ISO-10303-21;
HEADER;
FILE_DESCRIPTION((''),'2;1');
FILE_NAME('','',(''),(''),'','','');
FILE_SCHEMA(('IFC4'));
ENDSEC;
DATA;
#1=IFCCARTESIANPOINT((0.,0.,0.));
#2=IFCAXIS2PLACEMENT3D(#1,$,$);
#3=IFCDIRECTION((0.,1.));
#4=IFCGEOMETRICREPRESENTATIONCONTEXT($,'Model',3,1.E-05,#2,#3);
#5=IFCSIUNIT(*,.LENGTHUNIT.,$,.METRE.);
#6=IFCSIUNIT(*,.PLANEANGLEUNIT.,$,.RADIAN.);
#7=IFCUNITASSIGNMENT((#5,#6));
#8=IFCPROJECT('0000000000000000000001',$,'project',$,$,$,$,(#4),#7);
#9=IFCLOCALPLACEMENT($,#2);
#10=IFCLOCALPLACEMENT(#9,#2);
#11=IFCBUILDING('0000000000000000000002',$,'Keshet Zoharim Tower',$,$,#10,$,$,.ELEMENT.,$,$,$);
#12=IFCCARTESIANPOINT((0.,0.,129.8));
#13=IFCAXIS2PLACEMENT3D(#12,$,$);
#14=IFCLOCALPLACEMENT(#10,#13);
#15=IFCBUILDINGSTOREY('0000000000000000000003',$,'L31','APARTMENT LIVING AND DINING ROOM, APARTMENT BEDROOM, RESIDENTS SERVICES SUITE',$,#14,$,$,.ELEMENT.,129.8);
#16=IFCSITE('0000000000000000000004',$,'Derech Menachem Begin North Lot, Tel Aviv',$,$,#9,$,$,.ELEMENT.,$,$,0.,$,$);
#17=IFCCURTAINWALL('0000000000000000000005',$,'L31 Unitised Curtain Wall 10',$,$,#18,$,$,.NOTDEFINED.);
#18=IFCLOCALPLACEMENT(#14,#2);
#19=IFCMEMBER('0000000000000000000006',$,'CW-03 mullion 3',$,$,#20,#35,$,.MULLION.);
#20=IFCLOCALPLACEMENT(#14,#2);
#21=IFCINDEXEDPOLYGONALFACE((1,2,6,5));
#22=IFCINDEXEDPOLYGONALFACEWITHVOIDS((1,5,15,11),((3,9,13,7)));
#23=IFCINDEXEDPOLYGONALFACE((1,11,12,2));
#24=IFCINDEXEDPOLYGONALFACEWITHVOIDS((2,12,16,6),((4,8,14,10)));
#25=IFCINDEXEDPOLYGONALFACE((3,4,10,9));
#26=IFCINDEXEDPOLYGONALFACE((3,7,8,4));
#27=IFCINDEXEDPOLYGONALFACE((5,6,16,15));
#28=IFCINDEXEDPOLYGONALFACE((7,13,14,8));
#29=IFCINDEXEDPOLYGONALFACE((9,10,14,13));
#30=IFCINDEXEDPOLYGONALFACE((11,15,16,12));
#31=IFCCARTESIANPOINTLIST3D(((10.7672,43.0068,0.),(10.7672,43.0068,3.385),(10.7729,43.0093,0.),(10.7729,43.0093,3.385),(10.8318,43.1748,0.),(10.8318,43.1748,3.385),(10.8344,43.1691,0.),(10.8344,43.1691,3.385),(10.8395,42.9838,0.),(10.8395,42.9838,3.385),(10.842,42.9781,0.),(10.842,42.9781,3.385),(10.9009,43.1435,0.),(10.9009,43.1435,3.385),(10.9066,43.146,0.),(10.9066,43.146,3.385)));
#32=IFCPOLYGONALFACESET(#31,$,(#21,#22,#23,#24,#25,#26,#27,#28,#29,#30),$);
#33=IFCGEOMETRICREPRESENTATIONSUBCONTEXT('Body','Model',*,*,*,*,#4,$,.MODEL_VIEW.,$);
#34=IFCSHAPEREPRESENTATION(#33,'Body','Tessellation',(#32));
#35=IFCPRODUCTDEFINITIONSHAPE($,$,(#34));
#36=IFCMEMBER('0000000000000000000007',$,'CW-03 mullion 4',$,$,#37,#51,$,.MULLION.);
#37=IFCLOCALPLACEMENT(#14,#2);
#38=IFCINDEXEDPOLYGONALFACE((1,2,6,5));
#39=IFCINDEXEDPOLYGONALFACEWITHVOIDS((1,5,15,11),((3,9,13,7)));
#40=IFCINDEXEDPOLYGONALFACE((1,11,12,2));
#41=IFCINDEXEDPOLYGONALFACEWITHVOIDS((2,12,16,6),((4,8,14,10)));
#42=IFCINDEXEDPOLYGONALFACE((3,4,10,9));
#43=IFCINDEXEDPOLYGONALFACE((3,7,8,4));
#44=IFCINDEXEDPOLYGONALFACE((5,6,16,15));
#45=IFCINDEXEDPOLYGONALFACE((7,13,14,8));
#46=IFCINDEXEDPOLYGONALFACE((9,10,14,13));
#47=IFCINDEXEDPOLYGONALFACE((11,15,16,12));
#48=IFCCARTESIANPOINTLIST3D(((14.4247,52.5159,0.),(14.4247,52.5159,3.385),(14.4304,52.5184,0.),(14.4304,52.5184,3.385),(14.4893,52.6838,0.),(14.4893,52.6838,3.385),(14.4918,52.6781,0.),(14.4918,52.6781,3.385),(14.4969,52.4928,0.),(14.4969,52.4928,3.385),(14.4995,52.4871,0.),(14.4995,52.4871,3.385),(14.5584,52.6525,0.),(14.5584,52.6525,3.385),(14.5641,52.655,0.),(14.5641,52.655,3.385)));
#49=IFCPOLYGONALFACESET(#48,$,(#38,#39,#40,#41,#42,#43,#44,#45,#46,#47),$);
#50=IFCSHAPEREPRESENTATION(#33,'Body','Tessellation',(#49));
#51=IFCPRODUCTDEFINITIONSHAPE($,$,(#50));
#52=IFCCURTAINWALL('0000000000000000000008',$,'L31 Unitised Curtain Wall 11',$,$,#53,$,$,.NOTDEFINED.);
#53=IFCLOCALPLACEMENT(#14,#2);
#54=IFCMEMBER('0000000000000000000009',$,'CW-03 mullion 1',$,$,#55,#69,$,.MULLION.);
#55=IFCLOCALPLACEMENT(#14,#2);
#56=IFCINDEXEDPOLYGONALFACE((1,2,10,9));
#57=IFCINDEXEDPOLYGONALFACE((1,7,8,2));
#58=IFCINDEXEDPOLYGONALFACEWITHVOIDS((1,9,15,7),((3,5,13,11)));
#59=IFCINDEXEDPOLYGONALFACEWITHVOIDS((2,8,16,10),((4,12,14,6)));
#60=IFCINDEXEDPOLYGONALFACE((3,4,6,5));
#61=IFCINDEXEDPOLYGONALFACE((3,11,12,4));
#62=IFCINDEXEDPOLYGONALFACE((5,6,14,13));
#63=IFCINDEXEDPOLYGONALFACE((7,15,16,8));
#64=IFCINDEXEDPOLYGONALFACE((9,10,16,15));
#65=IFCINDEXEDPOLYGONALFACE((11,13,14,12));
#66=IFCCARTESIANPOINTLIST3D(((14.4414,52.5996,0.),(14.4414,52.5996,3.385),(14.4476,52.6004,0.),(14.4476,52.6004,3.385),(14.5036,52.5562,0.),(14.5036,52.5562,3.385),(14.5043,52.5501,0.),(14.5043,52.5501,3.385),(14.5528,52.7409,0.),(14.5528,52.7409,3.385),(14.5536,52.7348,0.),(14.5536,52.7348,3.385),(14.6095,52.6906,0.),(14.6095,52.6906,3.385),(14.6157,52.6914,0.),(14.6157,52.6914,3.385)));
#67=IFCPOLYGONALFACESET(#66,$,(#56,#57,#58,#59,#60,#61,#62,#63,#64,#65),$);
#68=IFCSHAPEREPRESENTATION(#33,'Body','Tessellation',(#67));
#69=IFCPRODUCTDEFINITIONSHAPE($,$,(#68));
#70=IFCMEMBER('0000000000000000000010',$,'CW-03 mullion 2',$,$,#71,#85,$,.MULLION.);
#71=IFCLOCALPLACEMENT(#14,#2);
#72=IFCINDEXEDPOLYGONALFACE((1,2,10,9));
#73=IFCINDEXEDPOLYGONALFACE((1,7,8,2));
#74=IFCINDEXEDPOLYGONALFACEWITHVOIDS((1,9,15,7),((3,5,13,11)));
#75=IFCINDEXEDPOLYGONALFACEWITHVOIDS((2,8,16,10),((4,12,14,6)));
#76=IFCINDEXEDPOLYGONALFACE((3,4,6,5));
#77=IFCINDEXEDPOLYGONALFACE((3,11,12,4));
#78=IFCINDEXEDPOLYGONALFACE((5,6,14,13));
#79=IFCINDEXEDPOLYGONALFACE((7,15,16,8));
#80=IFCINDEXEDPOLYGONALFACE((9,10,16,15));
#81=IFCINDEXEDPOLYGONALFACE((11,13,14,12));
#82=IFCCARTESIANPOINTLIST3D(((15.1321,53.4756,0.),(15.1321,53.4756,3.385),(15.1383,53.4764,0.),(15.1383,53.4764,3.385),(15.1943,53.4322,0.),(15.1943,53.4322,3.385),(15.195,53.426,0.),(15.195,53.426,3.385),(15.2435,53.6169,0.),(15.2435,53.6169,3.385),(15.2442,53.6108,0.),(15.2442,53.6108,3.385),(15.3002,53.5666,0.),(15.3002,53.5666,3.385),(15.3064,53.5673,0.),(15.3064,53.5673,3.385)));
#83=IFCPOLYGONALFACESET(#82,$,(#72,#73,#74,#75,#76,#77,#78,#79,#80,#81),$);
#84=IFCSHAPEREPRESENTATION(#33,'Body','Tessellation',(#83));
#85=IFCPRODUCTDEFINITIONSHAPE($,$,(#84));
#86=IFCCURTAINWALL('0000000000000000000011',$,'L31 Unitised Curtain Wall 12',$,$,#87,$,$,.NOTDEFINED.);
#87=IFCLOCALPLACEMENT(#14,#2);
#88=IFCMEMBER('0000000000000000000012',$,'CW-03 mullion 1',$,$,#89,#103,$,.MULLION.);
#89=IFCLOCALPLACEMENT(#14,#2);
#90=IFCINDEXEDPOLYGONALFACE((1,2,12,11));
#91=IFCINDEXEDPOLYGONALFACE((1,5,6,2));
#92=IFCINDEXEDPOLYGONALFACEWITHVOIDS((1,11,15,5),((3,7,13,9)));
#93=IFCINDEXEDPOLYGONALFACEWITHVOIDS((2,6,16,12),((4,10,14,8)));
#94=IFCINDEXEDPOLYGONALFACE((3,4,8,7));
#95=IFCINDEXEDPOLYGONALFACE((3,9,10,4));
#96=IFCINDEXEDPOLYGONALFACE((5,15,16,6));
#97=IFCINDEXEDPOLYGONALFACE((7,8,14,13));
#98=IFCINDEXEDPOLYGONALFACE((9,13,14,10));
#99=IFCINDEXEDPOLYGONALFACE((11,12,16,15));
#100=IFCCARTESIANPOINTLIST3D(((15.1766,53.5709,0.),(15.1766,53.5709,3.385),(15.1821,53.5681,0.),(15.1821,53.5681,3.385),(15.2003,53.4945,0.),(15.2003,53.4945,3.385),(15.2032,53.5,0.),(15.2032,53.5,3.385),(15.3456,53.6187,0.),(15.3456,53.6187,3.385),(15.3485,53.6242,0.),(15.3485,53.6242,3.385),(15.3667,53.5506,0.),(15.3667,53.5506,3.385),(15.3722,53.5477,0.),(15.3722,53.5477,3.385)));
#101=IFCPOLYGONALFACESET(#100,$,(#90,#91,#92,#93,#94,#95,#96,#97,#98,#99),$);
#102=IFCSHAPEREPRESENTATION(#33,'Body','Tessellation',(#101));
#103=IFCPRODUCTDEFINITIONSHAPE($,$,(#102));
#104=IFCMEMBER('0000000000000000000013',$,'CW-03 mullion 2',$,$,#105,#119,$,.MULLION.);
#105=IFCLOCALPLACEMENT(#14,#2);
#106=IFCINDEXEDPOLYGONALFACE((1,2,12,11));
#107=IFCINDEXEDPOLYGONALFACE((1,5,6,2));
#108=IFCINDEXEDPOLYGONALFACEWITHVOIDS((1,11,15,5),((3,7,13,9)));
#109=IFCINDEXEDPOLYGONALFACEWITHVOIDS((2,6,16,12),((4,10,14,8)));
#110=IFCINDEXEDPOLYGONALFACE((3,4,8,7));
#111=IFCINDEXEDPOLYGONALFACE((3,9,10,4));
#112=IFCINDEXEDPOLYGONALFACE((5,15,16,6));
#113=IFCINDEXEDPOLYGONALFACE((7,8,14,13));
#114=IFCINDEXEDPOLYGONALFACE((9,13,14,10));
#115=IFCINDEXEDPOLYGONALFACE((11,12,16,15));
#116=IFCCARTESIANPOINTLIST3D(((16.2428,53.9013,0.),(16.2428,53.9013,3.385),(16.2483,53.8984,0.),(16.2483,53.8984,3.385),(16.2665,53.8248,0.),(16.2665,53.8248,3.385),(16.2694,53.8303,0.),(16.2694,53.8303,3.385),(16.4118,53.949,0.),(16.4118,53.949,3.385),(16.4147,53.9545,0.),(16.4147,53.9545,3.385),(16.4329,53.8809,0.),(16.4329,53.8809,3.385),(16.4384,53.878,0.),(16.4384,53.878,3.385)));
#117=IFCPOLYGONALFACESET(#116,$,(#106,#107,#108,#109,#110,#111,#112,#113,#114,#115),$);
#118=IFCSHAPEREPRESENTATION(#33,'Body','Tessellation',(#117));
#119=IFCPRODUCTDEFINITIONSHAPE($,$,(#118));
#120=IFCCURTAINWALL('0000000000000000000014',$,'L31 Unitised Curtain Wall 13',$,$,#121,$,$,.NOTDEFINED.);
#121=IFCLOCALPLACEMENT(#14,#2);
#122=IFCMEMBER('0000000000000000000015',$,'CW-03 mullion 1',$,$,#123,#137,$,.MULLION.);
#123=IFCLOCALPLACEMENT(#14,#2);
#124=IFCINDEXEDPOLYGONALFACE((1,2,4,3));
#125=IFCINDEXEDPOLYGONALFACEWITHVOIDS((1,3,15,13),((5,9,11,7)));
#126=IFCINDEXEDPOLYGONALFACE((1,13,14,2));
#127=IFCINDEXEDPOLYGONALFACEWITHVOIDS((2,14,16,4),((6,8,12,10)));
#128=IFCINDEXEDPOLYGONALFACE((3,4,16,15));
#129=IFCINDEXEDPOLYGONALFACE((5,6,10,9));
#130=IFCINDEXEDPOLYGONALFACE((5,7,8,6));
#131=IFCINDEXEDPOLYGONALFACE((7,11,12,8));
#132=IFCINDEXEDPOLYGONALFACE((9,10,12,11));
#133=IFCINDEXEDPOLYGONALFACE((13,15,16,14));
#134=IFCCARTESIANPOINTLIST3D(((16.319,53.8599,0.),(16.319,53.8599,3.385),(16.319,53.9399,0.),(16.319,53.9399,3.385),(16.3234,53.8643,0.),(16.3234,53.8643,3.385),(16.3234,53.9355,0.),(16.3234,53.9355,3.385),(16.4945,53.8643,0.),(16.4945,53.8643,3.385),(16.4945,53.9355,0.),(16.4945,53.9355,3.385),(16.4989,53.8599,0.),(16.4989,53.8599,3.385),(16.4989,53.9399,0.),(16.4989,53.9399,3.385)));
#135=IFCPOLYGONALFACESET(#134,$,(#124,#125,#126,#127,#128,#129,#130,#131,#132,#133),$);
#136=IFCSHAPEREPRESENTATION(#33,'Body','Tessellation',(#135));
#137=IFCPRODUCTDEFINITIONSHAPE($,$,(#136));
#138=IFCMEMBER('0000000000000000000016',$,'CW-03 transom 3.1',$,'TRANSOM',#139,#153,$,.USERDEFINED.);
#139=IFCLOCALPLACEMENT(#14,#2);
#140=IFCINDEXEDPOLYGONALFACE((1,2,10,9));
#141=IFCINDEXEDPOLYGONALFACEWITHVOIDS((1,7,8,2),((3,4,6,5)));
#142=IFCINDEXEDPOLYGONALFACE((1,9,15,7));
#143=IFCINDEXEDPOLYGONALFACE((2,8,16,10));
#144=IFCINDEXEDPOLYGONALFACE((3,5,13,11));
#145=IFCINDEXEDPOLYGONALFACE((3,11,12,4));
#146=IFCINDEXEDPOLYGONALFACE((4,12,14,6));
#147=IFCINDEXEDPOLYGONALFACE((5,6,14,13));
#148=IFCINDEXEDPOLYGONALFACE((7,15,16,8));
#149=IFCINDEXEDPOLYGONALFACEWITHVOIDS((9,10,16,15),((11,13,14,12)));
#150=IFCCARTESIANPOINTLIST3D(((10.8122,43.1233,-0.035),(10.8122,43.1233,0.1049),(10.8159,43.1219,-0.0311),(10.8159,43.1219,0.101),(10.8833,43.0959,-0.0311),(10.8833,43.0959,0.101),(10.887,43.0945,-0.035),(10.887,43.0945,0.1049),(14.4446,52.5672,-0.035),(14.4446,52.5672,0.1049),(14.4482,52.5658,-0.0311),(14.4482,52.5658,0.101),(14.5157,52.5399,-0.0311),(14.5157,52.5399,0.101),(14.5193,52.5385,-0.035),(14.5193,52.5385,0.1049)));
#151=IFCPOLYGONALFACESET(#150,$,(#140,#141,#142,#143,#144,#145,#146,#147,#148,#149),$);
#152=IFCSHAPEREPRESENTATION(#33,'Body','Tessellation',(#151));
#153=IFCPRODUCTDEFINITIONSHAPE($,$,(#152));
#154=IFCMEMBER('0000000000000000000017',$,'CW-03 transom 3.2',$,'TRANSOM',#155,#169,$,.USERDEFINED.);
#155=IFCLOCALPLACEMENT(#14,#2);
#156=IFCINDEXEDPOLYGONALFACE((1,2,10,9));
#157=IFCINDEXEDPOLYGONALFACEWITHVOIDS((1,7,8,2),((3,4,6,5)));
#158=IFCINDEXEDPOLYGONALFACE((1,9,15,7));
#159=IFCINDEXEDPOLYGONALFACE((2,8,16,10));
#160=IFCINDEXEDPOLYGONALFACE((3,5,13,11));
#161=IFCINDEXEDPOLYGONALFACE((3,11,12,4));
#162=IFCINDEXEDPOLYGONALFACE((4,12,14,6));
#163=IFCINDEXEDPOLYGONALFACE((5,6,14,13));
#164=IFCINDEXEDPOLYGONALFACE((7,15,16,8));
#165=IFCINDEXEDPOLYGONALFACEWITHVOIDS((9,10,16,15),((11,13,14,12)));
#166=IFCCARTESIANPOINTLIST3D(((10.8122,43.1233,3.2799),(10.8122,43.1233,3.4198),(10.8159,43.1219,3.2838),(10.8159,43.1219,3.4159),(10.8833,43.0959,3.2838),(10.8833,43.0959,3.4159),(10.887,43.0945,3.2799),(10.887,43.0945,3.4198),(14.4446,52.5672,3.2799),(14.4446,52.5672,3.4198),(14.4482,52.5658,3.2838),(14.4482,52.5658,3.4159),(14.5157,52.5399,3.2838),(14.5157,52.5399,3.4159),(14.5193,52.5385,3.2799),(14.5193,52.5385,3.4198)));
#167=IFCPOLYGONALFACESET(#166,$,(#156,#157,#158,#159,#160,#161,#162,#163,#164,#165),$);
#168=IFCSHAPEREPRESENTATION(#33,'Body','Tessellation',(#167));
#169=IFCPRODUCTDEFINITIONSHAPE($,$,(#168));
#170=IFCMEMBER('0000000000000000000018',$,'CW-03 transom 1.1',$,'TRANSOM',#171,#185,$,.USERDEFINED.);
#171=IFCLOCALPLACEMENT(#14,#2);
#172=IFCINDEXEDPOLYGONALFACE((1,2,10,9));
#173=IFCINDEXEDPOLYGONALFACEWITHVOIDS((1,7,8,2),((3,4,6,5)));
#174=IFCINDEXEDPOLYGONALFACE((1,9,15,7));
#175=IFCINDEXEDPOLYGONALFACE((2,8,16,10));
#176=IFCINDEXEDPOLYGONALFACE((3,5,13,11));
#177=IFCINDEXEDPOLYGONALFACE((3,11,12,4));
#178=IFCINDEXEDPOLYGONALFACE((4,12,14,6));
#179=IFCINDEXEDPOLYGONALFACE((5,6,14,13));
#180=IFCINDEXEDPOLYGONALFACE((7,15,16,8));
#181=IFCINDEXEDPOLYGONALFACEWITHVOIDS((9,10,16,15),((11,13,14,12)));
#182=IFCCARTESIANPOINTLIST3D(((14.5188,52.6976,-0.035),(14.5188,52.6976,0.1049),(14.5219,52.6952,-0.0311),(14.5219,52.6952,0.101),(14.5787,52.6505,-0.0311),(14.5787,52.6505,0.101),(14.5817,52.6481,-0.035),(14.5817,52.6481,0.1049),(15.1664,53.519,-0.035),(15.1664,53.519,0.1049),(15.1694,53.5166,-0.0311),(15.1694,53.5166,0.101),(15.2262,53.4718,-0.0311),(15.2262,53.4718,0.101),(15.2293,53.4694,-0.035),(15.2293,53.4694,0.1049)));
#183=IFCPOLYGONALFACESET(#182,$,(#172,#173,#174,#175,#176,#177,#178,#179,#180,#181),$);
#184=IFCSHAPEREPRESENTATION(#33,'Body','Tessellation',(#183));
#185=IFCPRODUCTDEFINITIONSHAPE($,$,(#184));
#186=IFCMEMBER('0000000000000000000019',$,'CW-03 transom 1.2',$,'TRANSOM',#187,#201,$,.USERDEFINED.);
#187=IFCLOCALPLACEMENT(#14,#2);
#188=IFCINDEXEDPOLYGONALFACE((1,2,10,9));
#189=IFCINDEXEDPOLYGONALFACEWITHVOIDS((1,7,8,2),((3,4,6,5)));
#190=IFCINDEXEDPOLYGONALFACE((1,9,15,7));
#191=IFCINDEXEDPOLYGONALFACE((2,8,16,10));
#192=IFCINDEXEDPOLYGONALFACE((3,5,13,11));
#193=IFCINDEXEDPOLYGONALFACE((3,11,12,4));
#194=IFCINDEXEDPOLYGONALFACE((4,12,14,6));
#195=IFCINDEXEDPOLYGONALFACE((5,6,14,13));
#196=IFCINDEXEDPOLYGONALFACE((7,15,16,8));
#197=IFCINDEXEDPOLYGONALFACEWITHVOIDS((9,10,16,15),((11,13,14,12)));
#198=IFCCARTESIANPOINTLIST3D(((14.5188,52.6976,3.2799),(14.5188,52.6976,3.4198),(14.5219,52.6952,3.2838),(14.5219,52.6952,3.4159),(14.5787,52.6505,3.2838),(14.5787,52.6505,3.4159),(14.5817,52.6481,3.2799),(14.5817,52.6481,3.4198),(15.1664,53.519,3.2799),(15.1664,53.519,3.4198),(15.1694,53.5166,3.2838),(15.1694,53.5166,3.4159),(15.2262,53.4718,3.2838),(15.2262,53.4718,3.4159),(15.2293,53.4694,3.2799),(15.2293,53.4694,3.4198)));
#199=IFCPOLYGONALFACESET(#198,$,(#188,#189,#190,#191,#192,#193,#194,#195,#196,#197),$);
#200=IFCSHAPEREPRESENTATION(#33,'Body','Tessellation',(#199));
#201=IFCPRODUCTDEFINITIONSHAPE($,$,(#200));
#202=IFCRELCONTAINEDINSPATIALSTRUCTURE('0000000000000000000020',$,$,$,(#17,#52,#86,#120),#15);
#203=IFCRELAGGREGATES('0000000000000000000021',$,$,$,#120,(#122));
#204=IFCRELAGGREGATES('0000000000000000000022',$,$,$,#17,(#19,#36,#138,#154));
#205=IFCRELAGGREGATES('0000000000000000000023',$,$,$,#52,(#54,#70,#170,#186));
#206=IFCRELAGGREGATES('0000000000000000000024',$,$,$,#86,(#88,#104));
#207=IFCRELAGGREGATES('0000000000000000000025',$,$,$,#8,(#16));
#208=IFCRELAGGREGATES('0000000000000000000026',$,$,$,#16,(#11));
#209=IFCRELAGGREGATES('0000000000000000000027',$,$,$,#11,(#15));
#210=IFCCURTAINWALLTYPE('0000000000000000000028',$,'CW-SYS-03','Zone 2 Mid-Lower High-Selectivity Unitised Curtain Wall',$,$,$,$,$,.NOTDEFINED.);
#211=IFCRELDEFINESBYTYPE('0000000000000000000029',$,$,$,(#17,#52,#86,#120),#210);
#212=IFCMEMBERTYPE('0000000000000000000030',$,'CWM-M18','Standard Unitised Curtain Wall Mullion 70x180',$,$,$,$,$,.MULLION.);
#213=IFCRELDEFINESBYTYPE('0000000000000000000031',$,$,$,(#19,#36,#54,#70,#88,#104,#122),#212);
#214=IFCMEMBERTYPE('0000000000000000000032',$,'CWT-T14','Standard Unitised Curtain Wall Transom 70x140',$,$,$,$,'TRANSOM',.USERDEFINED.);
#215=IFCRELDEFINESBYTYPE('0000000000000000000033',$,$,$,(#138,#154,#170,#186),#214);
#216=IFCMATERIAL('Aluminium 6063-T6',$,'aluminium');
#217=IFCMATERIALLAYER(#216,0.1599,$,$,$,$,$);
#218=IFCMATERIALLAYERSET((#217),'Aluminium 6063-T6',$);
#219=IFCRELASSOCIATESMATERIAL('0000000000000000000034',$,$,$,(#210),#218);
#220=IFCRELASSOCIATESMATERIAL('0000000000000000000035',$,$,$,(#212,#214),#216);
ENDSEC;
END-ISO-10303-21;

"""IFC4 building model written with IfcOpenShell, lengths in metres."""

from ifc_helpers import new_model, si_unit, direction, frame, origin, origin_2d, place, context, subcontext, project, spatial, hollow_rectangle, extrude, material, layer, layer_set, material_profile, profile_set, type_object, element, aggregate, save


model = new_model("IFC4")

# Units and contexts
model_context = context("Model", 3, precision=1e-05, world=origin(), true_north=direction((0.0, 1.0)))
body_context = subcontext(model_context, "Body", "Model", "MODEL_VIEW")
ifc_project = project(units=[si_unit("LENGTHUNIT", "METRE"), si_unit("PLANEANGLEUNIT", "RADIAN")], contexts=[model_context])

# Site, building, storey
site_placement = place(None, origin())
site = spatial("IfcSite", under=ifc_project, at=site_placement, Name="Derech Menachem Begin North Lot, Tel Aviv", CompositionType="ELEMENT", RefElevation=0.0)
building_placement = place(site_placement, origin())
building = spatial("IfcBuilding", under=site, at=building_placement, Name="Keshet Zoharim Tower", CompositionType="ELEMENT")
storey_placement = place(building_placement, frame((0.0, 0.0, 129.8)))
storey = spatial("IfcBuildingStorey", under=building, at=storey_placement, Name="L31", Description="APARTMENT LIVING AND DINING ROOM, APARTMENT BEDROOM, RESIDENTS SERVICES SUITE", CompositionType="ELEMENT", Elevation=129.8)

# Curtain walls, members
ifc_material_1 = material(Name="Aluminium 6063-T6", Category="aluminium")
ifc_layer_1 = layer(ifc_material_1, 0.1599)
ifc_layer_set_1 = layer_set([ifc_layer_1], Name="Aluminium 6063-T6")
curtain_wall_type = type_object("IfcCurtainWallType", Name="CW-SYS-03", Description="Zone 2 Mid-Lower High-Selectivity Unitised Curtain Wall", PredefinedType="NOTDEFINED", material=ifc_layer_set_1)
curtain_wall_1_placement = place(storey_placement, origin())
curtain_wall_1 = element("IfcCurtainWall", 1, at=curtain_wall_1_placement, inside=storey, type_object=curtain_wall_type, Name="L31 Unitised Curtain Wall 10", PredefinedType="NOTDEFINED")
ifc_material_profile_1 = material_profile(ifc_material_1, hollow_rectangle(XDim=0.0801, YDim=0.1799, WallThickness=0.0044, at=origin_2d()), Name="MUL-80x180")
ifc_profile_set_1 = profile_set([ifc_material_profile_1], Name="Aluminium 6063-T6")
member_type_1 = type_object("IfcMemberType", Name="CWM-M18", Description="Standard Unitised Curtain Wall Mullion 70x180", PredefinedType="MULLION", material=ifc_profile_set_1)
member_1_placement = place(storey_placement, frame((10.8369, 43.0764, 0.0), z_axis=(0.0, 0.0, 1.0), x_axis=(-0.933341, 0.35899, 0.0)))
member_1 = element("IfcMember", 2, at=member_1_placement, type_object=member_type_1, Name="CW-03 mullion 3", PredefinedType="MULLION", context=body_context, shape_type="SweptSolid", body=[
    extrude(hollow_rectangle(XDim=0.0801, YDim=0.1799, WallThickness=0.0044, at=origin_2d()), origin(), (0.0, 0.0, 1.0), 3.385),
])
member_2_placement = place(storey_placement, frame((14.4944, 52.5854, 0.0), z_axis=(0.0, 0.0, 1.0), x_axis=(-0.933341, 0.35899, 0.0)))
member_2 = element("IfcMember", 3, at=member_2_placement, type_object=member_type_1, Name="CW-03 mullion 4", PredefinedType="MULLION", context=body_context, shape_type="SweptSolid", body=[
    extrude(hollow_rectangle(XDim=0.0801, YDim=0.1799, WallThickness=0.0044, at=origin_2d()), origin(), (0.0, 0.0, 1.0), 3.385),
])
curtain_wall_2_placement = place(storey_placement, origin())
curtain_wall_2 = element("IfcCurtainWall", 4, at=curtain_wall_2_placement, inside=storey, type_object=curtain_wall_type, Name="L31 Unitised Curtain Wall 11", PredefinedType="NOTDEFINED")
member_3_placement = place(storey_placement, frame((14.5286, 52.6455, 0.0), z_axis=(0.0, 0.0, 1.0), x_axis=(-0.785293, 0.619125, 0.0)))
member_3 = element("IfcMember", 5, at=member_3_placement, type_object=member_type_1, Name="CW-03 mullion 1", PredefinedType="MULLION", context=body_context, shape_type="SweptSolid", body=[
    extrude(hollow_rectangle(XDim=0.0801, YDim=0.1799, WallThickness=0.0044, at=origin_2d()), origin(), (0.0, 0.0, 1.0), 3.385),
])
member_4_placement = place(storey_placement, frame((15.2192, 53.5215, 0.0), z_axis=(0.0, 0.0, 1.0), x_axis=(-0.785293, 0.619125, 0.0)))
member_4 = element("IfcMember", 6, at=member_4_placement, type_object=member_type_1, Name="CW-03 mullion 2", PredefinedType="MULLION", context=body_context, shape_type="SweptSolid", body=[
    extrude(hollow_rectangle(XDim=0.0801, YDim=0.1799, WallThickness=0.0044, at=origin_2d()), origin(), (0.0, 0.0, 1.0), 3.385),
])
curtain_wall_3_placement = place(storey_placement, origin())
curtain_wall_3 = element("IfcCurtainWall", 7, at=curtain_wall_3_placement, inside=storey, type_object=curtain_wall_type, Name="L31 Unitised Curtain Wall 12", PredefinedType="NOTDEFINED")
member_5_placement = place(storey_placement, frame((15.2744, 53.5593, 0.0), z_axis=(0.0, 0.0, 1.0), x_axis=(-0.295922, 0.955212, 0.0)))
member_5 = element("IfcMember", 8, at=member_5_placement, type_object=member_type_1, Name="CW-03 mullion 1", PredefinedType="MULLION", context=body_context, shape_type="SweptSolid", body=[
    extrude(hollow_rectangle(XDim=0.0801, YDim=0.1799, WallThickness=0.0044, at=origin_2d()), origin(), (0.0, 0.0, 1.0), 3.385),
])
member_6_placement = place(storey_placement, frame((16.3406, 53.8896, 0.0), z_axis=(0.0, 0.0, 1.0), x_axis=(-0.295922, 0.955212, 0.0)))
member_6 = element("IfcMember", 9, at=member_6_placement, type_object=member_type_1, Name="CW-03 mullion 2", PredefinedType="MULLION", context=body_context, shape_type="SweptSolid", body=[
    extrude(hollow_rectangle(XDim=0.0801, YDim=0.1799, WallThickness=0.0044, at=origin_2d()), origin(), (0.0, 0.0, 1.0), 3.385),
])

# Curtain wall, member
curtain_wall_4_placement = place(storey_placement, origin())
curtain_wall_4 = element("IfcCurtainWall", 10, at=curtain_wall_4_placement, inside=storey, type_object=curtain_wall_type, Name="L31 Unitised Curtain Wall 13", PredefinedType="NOTDEFINED")
member_7_placement = place(storey_placement, frame((16.4089, 53.8999, 0.0), z_axis=(0.0, 0.0, 1.0), x_axis=(0.0, 1.0, 0.0)))
member_7 = element("IfcMember", 11, at=member_7_placement, type_object=member_type_1, Name="CW-03 mullion 1", PredefinedType="MULLION", context=body_context, shape_type="SweptSolid", body=[
    extrude(hollow_rectangle(XDim=0.0801, YDim=0.1799, WallThickness=0.0044, at=origin_2d()), origin(), (0.0, 0.0, 1.0), 3.385),
])

# Members
ifc_material_profile_2 = material_profile(ifc_material_1, hollow_rectangle(XDim=0.0801, YDim=0.1399, WallThickness=0.0039, at=origin_2d()), Name="TRN-80x140")
ifc_profile_set_2 = profile_set([ifc_material_profile_2], Name="Aluminium 6063-T6")
member_type_2 = type_object("IfcMemberType", Name="CWT-T14", Description="Standard Unitised Curtain Wall Transom 70x140", ElementType="TRANSOM", PredefinedType="USERDEFINED", material=ifc_profile_set_2)
member_8_placement = place(storey_placement, frame((10.8496, 43.1089, 0.0349), z_axis=(0.358986, 0.933343, 0.0), x_axis=(-0.933343, 0.358986, 0.0)))
member_8 = element("IfcMember", 12, at=member_8_placement, type_object=member_type_2, Name="CW-03 transom 3.1", ObjectType="TRANSOM", PredefinedType="USERDEFINED", context=body_context, shape_type="SweptSolid", body=[
    extrude(hollow_rectangle(XDim=0.0801, YDim=0.1399, WallThickness=0.0039, at=origin_2d()), origin(), (0.0, 0.0, 1.0), 10.1184),
])
member_9_placement = place(storey_placement, frame((10.8496, 43.1089, 3.3499), z_axis=(0.358986, 0.933343, 0.0), x_axis=(-0.933343, 0.358986, 0.0)))
member_9 = element("IfcMember", 13, at=member_9_placement, type_object=member_type_2, Name="CW-03 transom 3.2", ObjectType="TRANSOM", PredefinedType="USERDEFINED", context=body_context, shape_type="SweptSolid", body=[
    extrude(hollow_rectangle(XDim=0.0801, YDim=0.1399, WallThickness=0.0039, at=origin_2d()), origin(), (0.0, 0.0, 1.0), 10.1184),
])
member_10_placement = place(storey_placement, frame((14.5503, 52.6729, 0.0349), z_axis=(0.619099, 0.785313, 0.0), x_axis=(-0.785313, 0.619099, 0.0)))
member_10 = element("IfcMember", 14, at=member_10_placement, type_object=member_type_2, Name="CW-03 transom 1.1", ObjectType="TRANSOM", PredefinedType="USERDEFINED", context=body_context, shape_type="SweptSolid", body=[
    extrude(hollow_rectangle(XDim=0.0801, YDim=0.1399, WallThickness=0.0039, at=origin_2d()), origin(), (0.0, 0.0, 1.0), 1.0459),
])
member_11_placement = place(storey_placement, frame((14.5503, 52.6729, 3.3499), z_axis=(0.619099, 0.785313, 0.0), x_axis=(-0.785313, 0.619099, 0.0)))
member_11 = element("IfcMember", 15, at=member_11_placement, type_object=member_type_2, Name="CW-03 transom 1.2", ObjectType="TRANSOM", PredefinedType="USERDEFINED", context=body_context, shape_type="SweptSolid", body=[
    extrude(hollow_rectangle(XDim=0.0801, YDim=0.1399, WallThickness=0.0039, at=origin_2d()), origin(), (0.0, 0.0, 1.0), 1.0459),
])
aggregate(curtain_wall_4, [member_7])

aggregate(curtain_wall_1, [member_1, member_2, member_8, member_9])
aggregate(curtain_wall_2, [member_3, member_4, member_10, member_11])
aggregate(curtain_wall_3, [member_5, member_6])

save(model, "model.ifc")
